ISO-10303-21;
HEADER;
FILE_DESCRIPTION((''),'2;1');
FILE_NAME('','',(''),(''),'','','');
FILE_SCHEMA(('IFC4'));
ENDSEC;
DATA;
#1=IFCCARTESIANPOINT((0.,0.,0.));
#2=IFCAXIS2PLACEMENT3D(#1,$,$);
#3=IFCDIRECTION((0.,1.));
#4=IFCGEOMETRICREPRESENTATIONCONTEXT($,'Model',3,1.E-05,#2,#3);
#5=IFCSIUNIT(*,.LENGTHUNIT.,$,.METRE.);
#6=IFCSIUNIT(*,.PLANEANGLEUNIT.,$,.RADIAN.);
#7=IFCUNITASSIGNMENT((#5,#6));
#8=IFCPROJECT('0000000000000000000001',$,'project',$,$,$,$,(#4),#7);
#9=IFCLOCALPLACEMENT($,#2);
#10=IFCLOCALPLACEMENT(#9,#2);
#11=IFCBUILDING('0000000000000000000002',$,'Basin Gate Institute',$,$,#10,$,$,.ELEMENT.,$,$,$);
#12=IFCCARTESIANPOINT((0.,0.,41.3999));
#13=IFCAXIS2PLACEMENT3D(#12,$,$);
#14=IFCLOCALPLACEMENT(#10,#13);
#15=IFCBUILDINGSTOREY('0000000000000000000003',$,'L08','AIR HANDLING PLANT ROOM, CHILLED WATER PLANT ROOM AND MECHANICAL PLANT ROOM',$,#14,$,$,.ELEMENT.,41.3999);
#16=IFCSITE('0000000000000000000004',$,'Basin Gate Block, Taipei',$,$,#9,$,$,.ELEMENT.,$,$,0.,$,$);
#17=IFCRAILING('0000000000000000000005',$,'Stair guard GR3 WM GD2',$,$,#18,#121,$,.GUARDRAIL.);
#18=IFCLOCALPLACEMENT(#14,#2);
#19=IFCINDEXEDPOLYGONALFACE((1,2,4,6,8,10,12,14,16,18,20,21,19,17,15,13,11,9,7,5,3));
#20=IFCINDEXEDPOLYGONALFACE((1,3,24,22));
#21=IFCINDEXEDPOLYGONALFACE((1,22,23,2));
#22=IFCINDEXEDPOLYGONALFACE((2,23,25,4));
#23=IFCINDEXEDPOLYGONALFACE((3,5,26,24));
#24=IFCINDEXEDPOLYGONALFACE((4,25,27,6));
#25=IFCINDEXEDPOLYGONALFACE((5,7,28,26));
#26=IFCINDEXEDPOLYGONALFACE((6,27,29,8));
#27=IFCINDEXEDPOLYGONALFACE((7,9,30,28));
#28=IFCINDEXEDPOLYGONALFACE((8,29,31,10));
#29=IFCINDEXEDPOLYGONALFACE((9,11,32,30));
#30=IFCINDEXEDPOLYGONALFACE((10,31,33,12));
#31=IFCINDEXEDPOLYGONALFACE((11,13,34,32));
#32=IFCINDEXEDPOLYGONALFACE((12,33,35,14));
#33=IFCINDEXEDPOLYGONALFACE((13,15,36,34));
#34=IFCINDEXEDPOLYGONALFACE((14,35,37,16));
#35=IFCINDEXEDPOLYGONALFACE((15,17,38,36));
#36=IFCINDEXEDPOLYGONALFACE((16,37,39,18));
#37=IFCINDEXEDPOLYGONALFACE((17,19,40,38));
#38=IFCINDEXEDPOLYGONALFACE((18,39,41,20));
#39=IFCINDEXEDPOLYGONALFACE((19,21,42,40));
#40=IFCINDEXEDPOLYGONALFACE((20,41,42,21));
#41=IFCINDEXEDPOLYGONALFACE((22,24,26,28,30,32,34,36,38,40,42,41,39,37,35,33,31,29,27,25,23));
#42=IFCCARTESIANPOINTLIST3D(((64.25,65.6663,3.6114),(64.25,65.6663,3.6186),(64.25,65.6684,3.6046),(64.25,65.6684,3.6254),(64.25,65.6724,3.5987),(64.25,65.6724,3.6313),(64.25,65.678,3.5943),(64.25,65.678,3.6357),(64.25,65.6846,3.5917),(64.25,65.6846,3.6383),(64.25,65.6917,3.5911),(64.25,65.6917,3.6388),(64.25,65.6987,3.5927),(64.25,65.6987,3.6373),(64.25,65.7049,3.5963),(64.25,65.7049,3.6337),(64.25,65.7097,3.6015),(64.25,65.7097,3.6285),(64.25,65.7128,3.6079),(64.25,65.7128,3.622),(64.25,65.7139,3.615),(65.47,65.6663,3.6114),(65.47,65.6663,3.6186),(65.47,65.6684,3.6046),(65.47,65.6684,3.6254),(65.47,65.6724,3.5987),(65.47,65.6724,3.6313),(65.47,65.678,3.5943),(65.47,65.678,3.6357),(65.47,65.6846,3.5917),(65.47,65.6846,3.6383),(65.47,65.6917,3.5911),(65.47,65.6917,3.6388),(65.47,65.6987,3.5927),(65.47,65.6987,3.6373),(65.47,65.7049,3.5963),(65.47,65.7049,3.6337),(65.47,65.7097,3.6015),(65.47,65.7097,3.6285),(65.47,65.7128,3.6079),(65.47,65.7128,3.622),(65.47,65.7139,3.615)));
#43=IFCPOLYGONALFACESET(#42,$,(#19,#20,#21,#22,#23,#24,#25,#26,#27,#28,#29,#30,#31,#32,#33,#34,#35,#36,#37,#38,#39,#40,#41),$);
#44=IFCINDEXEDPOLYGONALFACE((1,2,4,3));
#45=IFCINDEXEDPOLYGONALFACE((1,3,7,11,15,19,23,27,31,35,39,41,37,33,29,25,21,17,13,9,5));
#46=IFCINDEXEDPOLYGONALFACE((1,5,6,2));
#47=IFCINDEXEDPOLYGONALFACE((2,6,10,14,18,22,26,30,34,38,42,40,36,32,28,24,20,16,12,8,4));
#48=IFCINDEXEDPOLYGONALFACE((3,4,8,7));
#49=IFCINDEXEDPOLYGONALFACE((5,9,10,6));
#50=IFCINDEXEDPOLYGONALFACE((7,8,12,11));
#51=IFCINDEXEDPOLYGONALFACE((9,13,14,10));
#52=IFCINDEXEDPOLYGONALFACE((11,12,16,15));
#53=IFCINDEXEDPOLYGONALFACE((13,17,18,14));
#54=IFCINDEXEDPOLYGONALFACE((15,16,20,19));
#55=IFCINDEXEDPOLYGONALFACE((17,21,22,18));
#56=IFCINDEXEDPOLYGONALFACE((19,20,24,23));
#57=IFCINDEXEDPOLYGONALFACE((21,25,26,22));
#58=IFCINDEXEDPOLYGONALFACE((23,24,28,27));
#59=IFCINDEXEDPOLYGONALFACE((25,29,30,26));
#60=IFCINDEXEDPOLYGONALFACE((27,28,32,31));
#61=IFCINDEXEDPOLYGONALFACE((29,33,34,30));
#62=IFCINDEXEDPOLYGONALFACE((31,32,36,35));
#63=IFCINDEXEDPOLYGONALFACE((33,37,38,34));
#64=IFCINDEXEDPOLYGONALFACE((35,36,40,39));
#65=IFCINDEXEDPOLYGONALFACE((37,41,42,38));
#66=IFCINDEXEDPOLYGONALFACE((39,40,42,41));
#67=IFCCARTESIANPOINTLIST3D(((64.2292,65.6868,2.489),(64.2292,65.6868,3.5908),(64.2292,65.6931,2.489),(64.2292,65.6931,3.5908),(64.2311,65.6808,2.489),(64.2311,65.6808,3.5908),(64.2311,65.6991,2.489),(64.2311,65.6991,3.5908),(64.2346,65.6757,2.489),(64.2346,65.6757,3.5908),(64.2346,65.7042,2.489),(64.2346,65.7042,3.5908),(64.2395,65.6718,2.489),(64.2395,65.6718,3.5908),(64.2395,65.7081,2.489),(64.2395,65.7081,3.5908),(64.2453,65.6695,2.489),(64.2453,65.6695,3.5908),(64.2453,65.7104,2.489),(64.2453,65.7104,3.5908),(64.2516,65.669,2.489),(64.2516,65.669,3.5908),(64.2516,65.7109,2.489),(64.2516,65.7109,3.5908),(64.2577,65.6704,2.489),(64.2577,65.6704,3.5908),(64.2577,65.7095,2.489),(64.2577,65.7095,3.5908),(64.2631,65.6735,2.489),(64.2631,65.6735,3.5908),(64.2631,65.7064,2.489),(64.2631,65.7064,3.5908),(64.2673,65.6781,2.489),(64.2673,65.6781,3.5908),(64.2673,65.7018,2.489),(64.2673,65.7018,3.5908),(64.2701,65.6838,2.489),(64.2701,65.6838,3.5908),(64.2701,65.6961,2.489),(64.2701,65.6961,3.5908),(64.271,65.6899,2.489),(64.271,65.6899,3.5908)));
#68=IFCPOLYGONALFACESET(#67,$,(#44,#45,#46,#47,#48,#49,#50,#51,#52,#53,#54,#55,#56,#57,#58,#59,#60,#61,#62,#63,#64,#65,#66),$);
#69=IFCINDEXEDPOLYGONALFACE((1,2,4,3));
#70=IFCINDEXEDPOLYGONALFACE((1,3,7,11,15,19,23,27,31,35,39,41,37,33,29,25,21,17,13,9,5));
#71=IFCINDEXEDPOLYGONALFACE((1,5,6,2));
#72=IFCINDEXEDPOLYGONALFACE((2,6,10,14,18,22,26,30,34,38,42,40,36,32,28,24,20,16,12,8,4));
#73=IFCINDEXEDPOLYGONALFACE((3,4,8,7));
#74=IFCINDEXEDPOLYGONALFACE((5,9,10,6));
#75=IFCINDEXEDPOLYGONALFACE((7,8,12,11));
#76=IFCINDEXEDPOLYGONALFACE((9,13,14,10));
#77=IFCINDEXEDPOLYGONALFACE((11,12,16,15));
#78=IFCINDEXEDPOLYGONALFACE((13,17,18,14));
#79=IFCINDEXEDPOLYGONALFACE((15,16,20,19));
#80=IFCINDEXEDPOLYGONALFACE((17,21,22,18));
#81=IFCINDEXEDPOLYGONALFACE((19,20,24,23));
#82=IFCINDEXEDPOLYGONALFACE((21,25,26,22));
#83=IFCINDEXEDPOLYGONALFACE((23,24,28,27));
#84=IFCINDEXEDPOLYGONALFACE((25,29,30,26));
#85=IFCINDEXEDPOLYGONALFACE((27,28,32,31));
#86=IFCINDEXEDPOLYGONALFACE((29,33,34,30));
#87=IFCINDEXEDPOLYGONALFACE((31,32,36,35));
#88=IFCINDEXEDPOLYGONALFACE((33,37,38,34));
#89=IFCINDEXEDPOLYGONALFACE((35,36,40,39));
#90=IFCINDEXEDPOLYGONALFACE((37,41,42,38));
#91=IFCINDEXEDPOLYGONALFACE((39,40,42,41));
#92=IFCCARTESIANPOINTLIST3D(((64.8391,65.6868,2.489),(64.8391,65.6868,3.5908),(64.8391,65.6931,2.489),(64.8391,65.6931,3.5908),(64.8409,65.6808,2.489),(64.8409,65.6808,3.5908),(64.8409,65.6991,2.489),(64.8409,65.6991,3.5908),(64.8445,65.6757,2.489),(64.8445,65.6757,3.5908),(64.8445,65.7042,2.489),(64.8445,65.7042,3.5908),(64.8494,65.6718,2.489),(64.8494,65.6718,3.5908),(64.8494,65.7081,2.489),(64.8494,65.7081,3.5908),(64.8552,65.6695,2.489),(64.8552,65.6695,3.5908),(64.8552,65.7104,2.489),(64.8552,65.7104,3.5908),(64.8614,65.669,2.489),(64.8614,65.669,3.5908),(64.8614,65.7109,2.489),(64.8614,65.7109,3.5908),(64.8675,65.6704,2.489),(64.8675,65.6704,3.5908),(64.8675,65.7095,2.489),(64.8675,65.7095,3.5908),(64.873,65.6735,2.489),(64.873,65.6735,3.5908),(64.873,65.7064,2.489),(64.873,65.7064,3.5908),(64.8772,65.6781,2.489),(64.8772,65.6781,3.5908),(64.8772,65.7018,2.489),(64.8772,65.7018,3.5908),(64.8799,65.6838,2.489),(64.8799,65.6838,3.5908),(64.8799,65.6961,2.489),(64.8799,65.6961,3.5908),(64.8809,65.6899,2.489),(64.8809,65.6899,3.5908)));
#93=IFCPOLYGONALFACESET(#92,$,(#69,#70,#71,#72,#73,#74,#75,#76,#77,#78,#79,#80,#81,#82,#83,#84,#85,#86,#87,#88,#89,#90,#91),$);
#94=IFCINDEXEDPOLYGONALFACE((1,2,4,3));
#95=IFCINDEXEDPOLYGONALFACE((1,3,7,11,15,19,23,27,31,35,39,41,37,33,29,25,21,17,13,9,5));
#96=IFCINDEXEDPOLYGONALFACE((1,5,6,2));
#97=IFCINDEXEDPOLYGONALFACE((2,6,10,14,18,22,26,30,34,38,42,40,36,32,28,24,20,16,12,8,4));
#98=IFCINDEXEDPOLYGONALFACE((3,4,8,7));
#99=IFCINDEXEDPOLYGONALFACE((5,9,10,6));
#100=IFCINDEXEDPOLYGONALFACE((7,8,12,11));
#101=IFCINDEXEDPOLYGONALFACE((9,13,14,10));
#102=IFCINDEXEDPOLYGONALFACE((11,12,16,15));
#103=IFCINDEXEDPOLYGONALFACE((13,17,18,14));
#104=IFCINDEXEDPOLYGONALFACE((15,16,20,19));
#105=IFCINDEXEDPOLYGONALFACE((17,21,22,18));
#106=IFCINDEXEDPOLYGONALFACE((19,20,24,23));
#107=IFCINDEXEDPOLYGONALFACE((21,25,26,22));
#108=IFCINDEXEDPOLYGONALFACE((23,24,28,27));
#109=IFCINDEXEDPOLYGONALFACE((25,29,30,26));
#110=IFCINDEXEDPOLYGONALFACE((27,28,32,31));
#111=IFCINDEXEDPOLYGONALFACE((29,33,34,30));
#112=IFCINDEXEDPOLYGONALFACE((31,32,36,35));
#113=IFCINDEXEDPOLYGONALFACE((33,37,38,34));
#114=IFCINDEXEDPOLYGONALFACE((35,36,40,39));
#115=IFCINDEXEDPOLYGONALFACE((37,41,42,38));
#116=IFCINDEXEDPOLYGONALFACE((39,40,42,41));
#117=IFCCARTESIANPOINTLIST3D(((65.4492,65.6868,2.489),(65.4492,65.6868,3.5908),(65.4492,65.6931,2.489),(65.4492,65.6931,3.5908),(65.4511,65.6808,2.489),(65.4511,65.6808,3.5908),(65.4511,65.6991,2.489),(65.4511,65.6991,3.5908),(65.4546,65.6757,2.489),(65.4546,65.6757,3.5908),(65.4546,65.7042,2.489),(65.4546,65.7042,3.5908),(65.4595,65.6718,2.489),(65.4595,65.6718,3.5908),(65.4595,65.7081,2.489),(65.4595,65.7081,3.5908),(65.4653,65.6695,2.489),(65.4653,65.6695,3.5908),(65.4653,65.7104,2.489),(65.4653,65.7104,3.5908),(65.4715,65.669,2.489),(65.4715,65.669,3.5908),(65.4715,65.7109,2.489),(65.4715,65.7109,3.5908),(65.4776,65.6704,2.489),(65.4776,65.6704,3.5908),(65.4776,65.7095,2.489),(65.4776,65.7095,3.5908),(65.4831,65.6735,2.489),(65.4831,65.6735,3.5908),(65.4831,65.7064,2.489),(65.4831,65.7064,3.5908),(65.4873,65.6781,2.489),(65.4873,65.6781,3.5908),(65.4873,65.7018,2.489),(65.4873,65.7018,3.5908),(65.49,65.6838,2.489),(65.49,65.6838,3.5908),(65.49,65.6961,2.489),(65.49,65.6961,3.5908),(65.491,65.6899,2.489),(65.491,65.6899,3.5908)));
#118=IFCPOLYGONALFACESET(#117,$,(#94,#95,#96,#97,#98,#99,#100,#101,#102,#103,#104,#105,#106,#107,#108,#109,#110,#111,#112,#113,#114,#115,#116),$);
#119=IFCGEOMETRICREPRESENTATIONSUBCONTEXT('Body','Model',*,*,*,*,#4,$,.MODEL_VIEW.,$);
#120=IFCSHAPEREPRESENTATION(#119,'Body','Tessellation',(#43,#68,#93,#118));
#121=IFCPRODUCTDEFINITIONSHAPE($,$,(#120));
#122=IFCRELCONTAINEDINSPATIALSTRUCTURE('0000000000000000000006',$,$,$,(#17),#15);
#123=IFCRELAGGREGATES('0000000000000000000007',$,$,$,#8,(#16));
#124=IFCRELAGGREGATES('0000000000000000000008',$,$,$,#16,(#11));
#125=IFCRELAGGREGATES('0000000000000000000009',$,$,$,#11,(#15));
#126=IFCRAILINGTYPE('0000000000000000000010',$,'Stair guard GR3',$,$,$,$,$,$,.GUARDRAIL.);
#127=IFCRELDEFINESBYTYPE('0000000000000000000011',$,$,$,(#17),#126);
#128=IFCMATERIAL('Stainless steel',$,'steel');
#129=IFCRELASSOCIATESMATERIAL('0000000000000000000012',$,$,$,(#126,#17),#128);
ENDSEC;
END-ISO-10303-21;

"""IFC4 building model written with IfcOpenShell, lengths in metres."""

from ifc_helpers import new_model, si_unit, direction, frame, origin, origin_2d, place, context, subcontext, project, spatial, circle, extrude, material, type_object, element, save


model = new_model("IFC4")

# Units and contexts
model_context = context("Model", 3, precision=1e-05, world=origin(), true_north=direction((0.0, 1.0)))
body_context = subcontext(model_context, "Body", "Model", "MODEL_VIEW")
ifc_project = project(units=[si_unit("LENGTHUNIT", "METRE"), si_unit("PLANEANGLEUNIT", "RADIAN")], contexts=[model_context])

# Site, building, storey
site_placement = place(None, origin())
site = spatial("IfcSite", under=ifc_project, at=site_placement, Name="Basin Gate Block, Taipei", CompositionType="ELEMENT", RefElevation=0.0)
building_placement = place(site_placement, origin())
building = spatial("IfcBuilding", under=site, at=building_placement, Name="Basin Gate Institute", CompositionType="ELEMENT")
storey_placement = place(building_placement, frame((0.0, 0.0, 41.3999)))
storey = spatial("IfcBuildingStorey", under=building, at=storey_placement, Name="L08", Description="AIR HANDLING PLANT ROOM, CHILLED WATER PLANT ROOM AND MECHANICAL PLANT ROOM", CompositionType="ELEMENT", Elevation=41.3999)

# Railing
ifc_material_1 = material(Name="Stainless steel", Category="steel")
railing_type_1 = type_object("IfcRailingType", Name="Stair guard GR3", PredefinedType="GUARDRAIL", material=ifc_material_1)
railing_1_placement = place(storey_placement, frame((64.25, 65.6899, 2.489)))
element("IfcRailing", 1, at=railing_1_placement, inside=storey, type_object=railing_type_1, material=ifc_material_1, Name="Stair guard GR3 WM GD2", PredefinedType="GUARDRAIL", context=body_context, shape_type="SweptSolid", body=[
    extrude(circle(Radius=0.0239, at=origin_2d()), frame((0.0, 0.0, 1.126), z_axis=(1.0, 0.0, 0.0), x_axis=(0.0, 1.0, 0.0)), (0.0, 0.0, 1.0), 1.22),
    extrude(circle(Radius=0.021, at=origin_2d()), origin(), (0.0, 0.0, 1.0), 1.1018),
    extrude(circle(Radius=0.021, at=origin_2d()), frame((0.6099, 0.0, 0.0)), (0.0, 0.0, 1.0), 1.1018),
    extrude(circle(Radius=0.021, at=origin_2d()), frame((1.22, 0.0, 0.0)), (0.0, 0.0, 1.0), 1.1018),
])

save(model, "model.ifc")
